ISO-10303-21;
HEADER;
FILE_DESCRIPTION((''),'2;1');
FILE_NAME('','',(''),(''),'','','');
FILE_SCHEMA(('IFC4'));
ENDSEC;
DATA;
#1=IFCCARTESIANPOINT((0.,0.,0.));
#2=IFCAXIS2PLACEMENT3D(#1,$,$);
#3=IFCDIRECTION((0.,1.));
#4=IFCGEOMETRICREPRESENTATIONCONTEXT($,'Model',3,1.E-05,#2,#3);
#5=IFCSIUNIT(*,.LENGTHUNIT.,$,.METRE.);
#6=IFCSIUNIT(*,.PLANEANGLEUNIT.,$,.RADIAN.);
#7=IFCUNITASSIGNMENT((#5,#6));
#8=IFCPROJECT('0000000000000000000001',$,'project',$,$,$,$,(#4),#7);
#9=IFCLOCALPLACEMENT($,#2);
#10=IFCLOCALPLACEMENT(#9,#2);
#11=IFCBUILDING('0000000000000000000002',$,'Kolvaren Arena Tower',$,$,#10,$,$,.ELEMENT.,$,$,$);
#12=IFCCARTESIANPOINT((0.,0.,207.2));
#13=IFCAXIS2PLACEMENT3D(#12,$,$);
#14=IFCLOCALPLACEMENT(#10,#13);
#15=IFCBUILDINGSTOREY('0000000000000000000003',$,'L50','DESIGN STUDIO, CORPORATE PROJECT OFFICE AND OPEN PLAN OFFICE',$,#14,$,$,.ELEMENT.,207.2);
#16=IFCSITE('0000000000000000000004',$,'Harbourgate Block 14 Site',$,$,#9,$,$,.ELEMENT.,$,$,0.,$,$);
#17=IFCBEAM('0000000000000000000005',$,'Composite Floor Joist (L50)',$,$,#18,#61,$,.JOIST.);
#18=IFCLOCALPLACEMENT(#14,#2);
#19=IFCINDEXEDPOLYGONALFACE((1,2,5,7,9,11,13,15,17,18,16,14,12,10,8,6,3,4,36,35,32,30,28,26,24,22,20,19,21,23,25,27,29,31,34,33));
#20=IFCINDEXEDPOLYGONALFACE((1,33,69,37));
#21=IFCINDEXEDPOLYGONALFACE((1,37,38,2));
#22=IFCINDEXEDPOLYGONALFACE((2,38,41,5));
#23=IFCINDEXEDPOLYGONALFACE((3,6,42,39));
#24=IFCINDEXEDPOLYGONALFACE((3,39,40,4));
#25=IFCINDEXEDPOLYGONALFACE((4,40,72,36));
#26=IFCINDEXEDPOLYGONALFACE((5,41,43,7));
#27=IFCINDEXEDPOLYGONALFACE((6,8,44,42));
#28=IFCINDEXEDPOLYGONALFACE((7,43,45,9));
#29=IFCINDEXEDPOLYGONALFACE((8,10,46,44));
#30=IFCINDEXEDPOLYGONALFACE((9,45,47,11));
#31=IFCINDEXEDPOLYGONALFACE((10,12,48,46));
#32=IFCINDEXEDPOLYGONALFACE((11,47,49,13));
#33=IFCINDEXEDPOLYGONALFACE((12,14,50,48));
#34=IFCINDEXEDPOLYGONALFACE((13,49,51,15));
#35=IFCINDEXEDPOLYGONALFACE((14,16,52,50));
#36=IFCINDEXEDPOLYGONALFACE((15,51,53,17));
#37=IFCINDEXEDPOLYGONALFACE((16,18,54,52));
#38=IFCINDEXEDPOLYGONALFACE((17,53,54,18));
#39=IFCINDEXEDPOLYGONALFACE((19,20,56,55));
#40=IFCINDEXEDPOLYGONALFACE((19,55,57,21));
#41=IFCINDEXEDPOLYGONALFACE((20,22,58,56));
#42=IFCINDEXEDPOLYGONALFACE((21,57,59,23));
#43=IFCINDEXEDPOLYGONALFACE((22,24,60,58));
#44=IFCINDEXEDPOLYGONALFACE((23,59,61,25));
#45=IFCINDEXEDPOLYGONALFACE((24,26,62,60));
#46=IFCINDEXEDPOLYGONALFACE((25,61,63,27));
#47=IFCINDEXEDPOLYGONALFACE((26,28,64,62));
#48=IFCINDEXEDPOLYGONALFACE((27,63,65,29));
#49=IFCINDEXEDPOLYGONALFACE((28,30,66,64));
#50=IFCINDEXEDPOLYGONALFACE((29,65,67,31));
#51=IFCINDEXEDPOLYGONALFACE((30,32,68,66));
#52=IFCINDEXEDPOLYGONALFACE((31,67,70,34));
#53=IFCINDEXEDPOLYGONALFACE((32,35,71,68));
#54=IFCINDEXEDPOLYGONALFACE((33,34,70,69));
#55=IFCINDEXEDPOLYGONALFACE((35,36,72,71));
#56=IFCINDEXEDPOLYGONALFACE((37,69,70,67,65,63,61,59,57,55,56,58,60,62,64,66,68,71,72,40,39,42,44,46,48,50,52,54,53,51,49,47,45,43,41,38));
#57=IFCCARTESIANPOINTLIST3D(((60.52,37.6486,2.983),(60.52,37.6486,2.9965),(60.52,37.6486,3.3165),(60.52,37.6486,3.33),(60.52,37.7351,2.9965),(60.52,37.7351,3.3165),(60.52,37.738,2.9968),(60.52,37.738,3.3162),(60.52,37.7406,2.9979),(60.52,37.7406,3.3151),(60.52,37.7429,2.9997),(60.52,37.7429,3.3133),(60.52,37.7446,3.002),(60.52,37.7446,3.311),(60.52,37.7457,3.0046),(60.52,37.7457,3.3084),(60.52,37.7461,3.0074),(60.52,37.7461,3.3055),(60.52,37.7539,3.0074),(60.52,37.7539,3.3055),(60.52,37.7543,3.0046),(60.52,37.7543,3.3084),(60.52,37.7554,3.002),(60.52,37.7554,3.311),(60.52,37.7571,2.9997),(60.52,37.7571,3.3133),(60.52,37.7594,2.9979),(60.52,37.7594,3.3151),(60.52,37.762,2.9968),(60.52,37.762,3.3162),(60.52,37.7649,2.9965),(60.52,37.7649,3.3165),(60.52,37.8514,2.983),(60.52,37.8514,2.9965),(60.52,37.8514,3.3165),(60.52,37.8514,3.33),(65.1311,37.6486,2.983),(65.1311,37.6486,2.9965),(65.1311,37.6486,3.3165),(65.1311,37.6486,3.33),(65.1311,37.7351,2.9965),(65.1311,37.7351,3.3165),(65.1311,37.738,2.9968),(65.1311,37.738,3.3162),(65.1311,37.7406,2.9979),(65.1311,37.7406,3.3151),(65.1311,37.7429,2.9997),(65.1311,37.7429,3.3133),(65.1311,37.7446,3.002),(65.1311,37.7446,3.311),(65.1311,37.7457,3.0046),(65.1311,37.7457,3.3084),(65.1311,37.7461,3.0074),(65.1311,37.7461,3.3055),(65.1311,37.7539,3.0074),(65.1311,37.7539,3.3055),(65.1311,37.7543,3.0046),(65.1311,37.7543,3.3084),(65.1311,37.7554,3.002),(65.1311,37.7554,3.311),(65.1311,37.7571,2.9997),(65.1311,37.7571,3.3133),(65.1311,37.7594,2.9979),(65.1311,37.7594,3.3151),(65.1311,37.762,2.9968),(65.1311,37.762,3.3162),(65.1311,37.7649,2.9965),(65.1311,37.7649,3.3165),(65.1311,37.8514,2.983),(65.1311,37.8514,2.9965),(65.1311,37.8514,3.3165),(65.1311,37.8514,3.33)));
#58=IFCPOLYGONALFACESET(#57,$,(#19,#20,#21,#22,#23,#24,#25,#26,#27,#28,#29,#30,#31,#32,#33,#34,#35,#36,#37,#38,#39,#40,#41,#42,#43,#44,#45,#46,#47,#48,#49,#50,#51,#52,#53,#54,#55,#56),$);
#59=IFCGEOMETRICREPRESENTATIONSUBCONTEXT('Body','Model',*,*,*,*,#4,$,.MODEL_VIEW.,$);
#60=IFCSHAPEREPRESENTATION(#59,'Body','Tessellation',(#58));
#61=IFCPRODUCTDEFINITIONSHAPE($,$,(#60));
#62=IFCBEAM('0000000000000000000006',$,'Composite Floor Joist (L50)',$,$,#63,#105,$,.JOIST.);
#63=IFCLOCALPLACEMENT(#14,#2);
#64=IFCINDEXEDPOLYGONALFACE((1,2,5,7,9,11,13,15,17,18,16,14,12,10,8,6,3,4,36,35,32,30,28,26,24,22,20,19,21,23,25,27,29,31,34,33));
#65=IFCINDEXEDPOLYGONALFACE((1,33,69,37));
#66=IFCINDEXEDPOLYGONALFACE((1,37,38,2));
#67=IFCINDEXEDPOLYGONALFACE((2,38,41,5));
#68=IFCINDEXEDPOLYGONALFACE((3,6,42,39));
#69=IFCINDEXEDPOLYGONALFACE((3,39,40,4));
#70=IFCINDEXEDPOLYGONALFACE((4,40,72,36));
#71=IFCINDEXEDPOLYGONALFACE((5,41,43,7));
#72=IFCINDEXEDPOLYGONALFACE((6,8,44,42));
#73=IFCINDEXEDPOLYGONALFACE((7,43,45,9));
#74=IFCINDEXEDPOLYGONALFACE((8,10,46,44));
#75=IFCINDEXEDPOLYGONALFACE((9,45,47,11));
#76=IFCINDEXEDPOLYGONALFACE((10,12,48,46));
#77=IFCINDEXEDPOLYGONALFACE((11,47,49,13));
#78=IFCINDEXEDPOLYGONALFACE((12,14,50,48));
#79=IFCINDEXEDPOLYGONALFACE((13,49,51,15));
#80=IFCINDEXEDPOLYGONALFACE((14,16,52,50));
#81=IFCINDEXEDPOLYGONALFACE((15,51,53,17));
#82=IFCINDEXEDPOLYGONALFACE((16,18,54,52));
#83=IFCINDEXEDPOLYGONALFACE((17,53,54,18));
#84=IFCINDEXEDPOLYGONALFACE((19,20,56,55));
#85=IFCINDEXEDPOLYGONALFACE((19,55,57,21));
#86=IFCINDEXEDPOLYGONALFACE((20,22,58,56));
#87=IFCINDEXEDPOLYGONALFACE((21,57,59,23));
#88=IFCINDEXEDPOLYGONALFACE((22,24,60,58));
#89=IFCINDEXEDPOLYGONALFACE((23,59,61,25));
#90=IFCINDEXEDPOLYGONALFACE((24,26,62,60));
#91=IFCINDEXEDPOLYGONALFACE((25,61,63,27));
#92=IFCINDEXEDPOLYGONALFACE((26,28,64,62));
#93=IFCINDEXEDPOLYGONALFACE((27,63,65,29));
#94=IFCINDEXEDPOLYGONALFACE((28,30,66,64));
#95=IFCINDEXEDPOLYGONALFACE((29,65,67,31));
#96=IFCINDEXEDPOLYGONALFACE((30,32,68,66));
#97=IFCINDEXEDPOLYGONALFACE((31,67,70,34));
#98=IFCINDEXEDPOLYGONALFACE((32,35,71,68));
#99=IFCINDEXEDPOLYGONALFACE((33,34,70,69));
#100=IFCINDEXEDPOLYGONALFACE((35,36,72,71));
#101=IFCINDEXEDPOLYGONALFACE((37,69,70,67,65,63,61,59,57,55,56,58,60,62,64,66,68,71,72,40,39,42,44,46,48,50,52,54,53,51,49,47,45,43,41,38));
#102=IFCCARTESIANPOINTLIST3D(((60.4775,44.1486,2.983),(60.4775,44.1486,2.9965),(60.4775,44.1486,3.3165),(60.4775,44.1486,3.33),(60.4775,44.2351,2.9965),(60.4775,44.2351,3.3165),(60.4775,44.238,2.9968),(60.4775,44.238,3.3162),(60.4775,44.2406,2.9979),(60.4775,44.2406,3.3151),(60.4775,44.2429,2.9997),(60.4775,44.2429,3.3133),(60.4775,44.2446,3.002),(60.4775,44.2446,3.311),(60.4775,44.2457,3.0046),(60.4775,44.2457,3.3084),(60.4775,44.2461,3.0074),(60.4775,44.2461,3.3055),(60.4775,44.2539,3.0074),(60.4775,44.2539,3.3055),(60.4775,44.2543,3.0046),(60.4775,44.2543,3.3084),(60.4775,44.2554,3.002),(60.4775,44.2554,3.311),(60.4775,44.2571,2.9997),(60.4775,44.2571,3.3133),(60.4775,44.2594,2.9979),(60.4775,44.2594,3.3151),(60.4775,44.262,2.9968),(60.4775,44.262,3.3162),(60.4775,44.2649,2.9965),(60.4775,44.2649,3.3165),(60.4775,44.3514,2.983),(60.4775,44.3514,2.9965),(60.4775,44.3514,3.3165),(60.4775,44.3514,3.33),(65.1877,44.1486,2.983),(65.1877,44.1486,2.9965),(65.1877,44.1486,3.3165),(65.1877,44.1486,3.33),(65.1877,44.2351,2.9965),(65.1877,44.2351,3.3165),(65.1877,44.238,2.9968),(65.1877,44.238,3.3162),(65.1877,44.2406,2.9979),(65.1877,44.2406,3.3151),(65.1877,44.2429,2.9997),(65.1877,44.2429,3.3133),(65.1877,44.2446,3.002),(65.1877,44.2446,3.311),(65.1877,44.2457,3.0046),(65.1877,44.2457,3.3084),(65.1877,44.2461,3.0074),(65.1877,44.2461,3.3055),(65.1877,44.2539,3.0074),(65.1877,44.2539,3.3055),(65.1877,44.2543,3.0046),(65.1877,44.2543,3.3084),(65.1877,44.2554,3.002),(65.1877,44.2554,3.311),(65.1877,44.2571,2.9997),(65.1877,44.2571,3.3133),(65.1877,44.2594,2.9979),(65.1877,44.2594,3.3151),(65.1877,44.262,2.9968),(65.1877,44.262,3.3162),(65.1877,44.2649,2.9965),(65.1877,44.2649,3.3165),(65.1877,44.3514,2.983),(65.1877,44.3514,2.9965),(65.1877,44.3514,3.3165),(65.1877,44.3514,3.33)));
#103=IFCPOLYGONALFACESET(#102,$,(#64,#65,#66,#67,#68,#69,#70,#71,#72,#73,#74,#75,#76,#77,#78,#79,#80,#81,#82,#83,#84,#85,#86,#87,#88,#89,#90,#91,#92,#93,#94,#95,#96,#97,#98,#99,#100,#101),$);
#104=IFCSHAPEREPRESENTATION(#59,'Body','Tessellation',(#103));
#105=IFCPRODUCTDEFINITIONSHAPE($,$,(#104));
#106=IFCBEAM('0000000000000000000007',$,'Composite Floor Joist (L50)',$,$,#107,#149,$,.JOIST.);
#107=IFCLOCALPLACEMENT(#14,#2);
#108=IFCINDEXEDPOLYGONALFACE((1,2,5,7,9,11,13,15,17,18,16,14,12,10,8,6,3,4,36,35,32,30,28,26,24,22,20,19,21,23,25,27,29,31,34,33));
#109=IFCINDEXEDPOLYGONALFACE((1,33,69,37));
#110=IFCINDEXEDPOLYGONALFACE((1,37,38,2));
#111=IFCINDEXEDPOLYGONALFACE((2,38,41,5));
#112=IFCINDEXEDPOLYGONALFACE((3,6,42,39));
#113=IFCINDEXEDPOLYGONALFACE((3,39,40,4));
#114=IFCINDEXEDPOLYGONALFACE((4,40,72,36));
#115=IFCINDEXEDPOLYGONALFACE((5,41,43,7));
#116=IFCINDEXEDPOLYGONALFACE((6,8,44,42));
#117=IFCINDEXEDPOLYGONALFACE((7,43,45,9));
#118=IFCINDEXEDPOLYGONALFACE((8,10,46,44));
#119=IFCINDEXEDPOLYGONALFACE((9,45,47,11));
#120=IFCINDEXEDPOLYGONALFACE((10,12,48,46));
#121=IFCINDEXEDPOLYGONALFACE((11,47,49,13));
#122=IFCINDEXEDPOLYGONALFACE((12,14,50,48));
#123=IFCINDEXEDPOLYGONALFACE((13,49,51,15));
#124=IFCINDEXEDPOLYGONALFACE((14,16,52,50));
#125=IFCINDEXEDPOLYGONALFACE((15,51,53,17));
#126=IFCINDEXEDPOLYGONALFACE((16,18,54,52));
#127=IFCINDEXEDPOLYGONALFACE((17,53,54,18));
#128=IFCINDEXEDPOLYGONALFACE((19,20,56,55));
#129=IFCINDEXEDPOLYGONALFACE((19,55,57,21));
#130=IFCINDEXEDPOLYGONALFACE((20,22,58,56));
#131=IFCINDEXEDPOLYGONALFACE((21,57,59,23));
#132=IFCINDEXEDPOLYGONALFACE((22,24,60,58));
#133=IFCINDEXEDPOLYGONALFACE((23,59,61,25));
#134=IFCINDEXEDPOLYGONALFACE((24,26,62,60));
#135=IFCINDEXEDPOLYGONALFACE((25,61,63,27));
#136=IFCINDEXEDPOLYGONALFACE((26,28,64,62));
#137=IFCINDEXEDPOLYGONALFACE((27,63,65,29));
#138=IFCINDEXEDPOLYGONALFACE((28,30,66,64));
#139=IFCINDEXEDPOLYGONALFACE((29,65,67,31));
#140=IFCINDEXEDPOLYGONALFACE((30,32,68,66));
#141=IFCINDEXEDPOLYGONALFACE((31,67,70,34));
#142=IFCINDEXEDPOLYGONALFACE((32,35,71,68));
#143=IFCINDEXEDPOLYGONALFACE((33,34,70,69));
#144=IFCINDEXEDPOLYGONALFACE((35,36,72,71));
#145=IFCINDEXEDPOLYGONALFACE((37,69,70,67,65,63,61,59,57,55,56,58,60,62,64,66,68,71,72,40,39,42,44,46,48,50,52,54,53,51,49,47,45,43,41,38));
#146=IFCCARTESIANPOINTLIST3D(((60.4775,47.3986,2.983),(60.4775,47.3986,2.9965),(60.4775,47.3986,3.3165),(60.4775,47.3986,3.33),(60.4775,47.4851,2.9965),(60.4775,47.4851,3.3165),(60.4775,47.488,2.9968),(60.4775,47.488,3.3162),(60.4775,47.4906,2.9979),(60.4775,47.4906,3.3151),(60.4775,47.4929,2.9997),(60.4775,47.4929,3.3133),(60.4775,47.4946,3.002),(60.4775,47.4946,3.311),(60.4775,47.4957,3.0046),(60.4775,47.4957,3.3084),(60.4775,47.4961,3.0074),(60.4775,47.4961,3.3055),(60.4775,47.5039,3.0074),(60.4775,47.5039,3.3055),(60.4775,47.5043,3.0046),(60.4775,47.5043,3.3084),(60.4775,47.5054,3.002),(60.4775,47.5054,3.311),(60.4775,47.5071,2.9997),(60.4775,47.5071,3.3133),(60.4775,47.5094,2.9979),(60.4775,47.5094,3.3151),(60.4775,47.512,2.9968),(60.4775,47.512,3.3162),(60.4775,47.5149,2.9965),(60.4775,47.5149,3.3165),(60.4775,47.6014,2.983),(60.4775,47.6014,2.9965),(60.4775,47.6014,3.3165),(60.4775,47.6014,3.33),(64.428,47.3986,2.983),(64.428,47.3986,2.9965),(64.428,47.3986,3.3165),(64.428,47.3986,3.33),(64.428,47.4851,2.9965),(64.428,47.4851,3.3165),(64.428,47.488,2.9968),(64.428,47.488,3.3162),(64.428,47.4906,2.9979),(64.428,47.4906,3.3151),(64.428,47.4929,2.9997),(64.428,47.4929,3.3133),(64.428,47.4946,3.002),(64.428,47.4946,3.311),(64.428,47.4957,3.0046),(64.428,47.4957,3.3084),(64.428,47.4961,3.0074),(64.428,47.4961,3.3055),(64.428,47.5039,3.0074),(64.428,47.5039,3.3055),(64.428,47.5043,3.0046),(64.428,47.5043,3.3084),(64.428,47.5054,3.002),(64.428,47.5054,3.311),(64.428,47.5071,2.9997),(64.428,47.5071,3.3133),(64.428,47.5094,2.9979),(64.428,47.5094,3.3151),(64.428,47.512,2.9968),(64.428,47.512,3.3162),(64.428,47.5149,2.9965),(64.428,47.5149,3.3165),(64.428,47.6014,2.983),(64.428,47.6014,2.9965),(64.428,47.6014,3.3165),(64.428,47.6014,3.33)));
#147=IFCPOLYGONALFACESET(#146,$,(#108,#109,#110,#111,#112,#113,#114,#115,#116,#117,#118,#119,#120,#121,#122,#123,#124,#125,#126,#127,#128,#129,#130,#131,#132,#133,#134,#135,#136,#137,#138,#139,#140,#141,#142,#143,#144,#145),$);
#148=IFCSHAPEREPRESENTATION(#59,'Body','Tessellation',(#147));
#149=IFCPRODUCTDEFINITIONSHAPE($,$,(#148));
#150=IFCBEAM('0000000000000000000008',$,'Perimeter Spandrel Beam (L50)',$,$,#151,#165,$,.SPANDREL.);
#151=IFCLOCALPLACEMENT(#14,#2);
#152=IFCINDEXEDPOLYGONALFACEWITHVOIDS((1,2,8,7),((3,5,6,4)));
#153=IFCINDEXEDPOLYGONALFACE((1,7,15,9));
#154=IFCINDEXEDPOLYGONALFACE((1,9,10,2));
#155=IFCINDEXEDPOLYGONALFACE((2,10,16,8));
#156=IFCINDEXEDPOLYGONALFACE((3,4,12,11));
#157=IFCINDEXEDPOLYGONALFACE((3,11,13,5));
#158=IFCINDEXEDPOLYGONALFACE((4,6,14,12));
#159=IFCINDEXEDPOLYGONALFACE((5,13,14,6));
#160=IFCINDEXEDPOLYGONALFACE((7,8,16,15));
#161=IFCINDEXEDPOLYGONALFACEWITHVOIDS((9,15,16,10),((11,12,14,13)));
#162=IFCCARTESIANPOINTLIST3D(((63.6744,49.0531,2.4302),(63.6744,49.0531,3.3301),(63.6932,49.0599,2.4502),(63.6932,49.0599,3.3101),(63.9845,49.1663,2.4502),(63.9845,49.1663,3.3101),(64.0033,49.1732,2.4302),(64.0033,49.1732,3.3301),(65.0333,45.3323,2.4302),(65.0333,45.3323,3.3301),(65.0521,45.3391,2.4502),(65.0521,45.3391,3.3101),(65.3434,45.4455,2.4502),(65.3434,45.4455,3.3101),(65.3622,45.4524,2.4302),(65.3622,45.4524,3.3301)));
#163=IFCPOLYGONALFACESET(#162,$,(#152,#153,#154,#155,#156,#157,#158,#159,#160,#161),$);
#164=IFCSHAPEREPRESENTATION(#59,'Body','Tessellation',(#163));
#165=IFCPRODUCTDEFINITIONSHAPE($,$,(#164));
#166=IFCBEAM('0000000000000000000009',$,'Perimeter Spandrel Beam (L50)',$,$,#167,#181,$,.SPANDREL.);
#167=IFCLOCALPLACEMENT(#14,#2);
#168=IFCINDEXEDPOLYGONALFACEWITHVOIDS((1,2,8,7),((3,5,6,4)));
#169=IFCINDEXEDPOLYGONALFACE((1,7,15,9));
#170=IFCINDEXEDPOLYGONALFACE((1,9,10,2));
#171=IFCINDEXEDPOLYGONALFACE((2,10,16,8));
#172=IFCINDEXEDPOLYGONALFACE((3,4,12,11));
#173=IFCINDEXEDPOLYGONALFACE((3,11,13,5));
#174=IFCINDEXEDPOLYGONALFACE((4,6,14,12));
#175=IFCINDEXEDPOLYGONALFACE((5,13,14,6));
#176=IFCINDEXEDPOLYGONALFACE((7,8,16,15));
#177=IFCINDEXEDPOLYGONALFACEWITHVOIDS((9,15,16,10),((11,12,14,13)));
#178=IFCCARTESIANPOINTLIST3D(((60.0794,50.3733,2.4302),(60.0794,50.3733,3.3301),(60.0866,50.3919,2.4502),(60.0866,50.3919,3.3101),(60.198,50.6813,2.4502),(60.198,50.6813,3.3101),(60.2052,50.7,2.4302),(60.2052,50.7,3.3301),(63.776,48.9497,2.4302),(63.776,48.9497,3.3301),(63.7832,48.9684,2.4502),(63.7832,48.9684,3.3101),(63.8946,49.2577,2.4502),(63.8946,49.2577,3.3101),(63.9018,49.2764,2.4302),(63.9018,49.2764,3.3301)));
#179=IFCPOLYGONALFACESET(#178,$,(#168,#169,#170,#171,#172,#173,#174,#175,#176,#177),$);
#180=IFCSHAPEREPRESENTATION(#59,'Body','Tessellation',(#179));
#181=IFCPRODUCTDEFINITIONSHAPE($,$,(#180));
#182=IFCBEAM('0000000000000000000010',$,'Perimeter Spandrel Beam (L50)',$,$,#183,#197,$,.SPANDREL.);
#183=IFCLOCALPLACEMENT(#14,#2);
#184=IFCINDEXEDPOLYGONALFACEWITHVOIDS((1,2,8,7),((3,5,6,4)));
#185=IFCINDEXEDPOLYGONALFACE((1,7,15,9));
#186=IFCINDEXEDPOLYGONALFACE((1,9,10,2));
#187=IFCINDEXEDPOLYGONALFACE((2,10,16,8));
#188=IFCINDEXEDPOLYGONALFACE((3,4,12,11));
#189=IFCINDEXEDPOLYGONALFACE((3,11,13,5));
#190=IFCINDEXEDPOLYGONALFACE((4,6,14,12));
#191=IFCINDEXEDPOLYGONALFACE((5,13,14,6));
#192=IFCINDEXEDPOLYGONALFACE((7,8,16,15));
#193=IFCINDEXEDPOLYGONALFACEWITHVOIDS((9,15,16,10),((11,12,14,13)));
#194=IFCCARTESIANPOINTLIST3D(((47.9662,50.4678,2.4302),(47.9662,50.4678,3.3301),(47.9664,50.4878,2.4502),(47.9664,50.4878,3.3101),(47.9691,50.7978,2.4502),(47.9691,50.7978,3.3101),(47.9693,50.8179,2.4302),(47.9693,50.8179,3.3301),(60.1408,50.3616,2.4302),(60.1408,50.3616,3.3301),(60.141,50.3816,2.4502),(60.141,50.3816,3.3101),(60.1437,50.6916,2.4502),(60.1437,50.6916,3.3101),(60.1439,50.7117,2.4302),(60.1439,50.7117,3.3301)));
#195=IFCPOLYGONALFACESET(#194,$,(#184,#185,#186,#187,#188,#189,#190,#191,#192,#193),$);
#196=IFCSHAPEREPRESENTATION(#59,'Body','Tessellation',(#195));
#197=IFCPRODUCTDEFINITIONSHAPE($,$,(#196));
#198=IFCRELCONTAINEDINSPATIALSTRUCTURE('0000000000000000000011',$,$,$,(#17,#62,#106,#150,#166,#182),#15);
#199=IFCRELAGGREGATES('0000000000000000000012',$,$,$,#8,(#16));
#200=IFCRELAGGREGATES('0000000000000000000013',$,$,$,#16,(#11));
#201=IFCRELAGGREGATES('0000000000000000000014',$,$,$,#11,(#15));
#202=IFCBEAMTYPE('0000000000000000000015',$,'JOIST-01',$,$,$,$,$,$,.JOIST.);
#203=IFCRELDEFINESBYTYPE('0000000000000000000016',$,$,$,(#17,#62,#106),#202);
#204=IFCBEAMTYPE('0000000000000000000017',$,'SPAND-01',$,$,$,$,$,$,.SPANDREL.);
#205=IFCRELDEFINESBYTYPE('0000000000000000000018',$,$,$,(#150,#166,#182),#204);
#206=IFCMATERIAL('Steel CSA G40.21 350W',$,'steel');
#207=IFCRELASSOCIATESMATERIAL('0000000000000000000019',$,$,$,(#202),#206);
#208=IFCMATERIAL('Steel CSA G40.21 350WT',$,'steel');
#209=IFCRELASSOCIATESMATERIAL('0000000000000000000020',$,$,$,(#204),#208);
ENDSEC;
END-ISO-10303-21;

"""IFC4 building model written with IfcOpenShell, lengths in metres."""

from ifc_helpers import new_model, si_unit, direction, frame, origin, origin_2d, place, context, subcontext, project, spatial, hollow_rectangle, i_section, extrude, material, material_profile, profile_set, type_object, element, save


model = new_model("IFC4")

# Units and contexts
model_context = context("Model", 3, precision=1e-05, world=origin(), true_north=direction((0.0, 1.0)))
body_context = subcontext(model_context, "Body", "Model", "MODEL_VIEW")
ifc_project = project(units=[si_unit("LENGTHUNIT", "METRE"), si_unit("PLANEANGLEUNIT", "RADIAN")], contexts=[model_context])

# Site, building, storey
site_placement = place(None, origin())
site = spatial("IfcSite", under=ifc_project, at=site_placement, Name="Harbourgate Block 14 Site", CompositionType="ELEMENT", RefElevation=0.0)
building_placement = place(site_placement, origin())
building = spatial("IfcBuilding", under=site, at=building_placement, Name="Kolvaren Arena Tower", CompositionType="ELEMENT")
storey_placement = place(building_placement, frame((0.0, 0.0, 207.2)))
storey = spatial("IfcBuildingStorey", under=building, at=storey_placement, Name="L50", Description="DESIGN STUDIO, CORPORATE PROJECT OFFICE AND OPEN PLAN OFFICE", CompositionType="ELEMENT", Elevation=207.2)

# Beams
ifc_material_1 = material(Name="Steel CSA G40.21 350W", Category="steel")
ifc_material_profile_1 = material_profile(ifc_material_1, i_section(OverallWidth=0.2029, OverallDepth=0.3469, WebThickness=0.0078, FlangeThickness=0.0134, FilletRadius=0.011, at=origin_2d()), Name="W360x64")
ifc_profile_set_1 = profile_set([ifc_material_profile_1], Name="Steel CSA G40.21 350W")
beam_type_1 = type_object("IfcBeamType", Name="JOIST-01", PredefinedType="JOIST", material=ifc_profile_set_1)
beam_1_placement = place(storey_placement, frame((60.52, 37.75, 3.1565), z_axis=(1.0, 0.0, 0.0), x_axis=(0.0, 1.0, 0.0)))
element("IfcBeam", 1, at=beam_1_placement, inside=storey, type_object=beam_type_1, Name="Composite Floor Joist (L50)", PredefinedType="JOIST", context=body_context, shape_type="SweptSolid", body=[
    extrude(i_section(OverallWidth=0.2029, OverallDepth=0.3469, WebThickness=0.0078, FlangeThickness=0.0134, FilletRadius=0.011, at=origin_2d()), origin(), (0.0, 0.0, 1.0), 4.6111),
])
beam_2_placement = place(storey_placement, frame((60.4775, 44.25, 3.1565), z_axis=(1.0, 0.0, 0.0), x_axis=(0.0, 1.0, 0.0)))
element("IfcBeam", 2, at=beam_2_placement, inside=storey, type_object=beam_type_1, Name="Composite Floor Joist (L50)", PredefinedType="JOIST", context=body_context, shape_type="SweptSolid", body=[
    extrude(i_section(OverallWidth=0.2029, OverallDepth=0.3469, WebThickness=0.0078, FlangeThickness=0.0134, FilletRadius=0.011, at=origin_2d()), origin(), (0.0, 0.0, 1.0), 4.7102),
])
beam_3_placement = place(storey_placement, frame((60.4775, 47.5, 3.1565), z_axis=(1.0, 0.0, 0.0), x_axis=(0.0, 1.0, 0.0)))
element("IfcBeam", 3, at=beam_3_placement, inside=storey, type_object=beam_type_1, Name="Composite Floor Joist (L50)", PredefinedType="JOIST", context=body_context, shape_type="SweptSolid", body=[
    extrude(i_section(OverallWidth=0.2029, OverallDepth=0.3469, WebThickness=0.0078, FlangeThickness=0.0134, FilletRadius=0.011, at=origin_2d()), origin(), (0.0, 0.0, 1.0), 3.9504),
])
ifc_material_2 = material(Name="Steel CSA G40.21 350WT", Category="steel")
ifc_material_profile_2 = material_profile(ifc_material_2, hollow_rectangle(XDim=0.3501, YDim=0.8999, WallThickness=0.02, at=origin_2d()), Name="HSS 900x350x20")
ifc_profile_set_2 = profile_set([ifc_material_profile_2], Name="Steel CSA G40.21 350WT")
beam_type_2 = type_object("IfcBeamType", Name="SPAND-01", PredefinedType="SPANDREL", material=ifc_profile_set_2)
for number, where, z_axis, x_axis, name in (
    (4, (65.1978, 45.3923, 2.8801), (-0.343059, 0.939314, 0.0), (-0.939314, -0.343059, 0.0), "Perimeter Spandrel Beam (L50)"),
    (5, (63.8389, 49.113, 2.8801), (-0.93319, 0.359384, 0.0), (-0.359384, -0.93319, 0.0), "Perimeter Spandrel Beam (L50)"),
):
    element("IfcBeam", number, at=place(storey_placement, frame(where, z_axis=z_axis, x_axis=x_axis)), inside=storey, type_object=beam_type_2, Name=name, PredefinedType="SPANDREL", context=body_context, shape_type="SweptSolid", body=[
        extrude(hollow_rectangle(XDim=0.3501, YDim=0.8999, WallThickness=0.02, at=origin_2d()), origin(), (0.0, 0.0, 1.0), 3.9612),
    ])
beam_4_placement = place(storey_placement, frame((60.1423, 50.5366, 2.8801), z_axis=(-0.999962, 0.008723, 0.0), x_axis=(-0.008723, -0.999962, 0.0)))
element("IfcBeam", 6, at=beam_4_placement, inside=storey, type_object=beam_type_2, Name="Perimeter Spandrel Beam (L50)", PredefinedType="SPANDREL", context=body_context, shape_type="SweptSolid", body=[
    extrude(hollow_rectangle(XDim=0.3501, YDim=0.8999, WallThickness=0.02, at=origin_2d()), origin(), (0.0, 0.0, 1.0), 12.175),
])

save(model, "model.ifc")
